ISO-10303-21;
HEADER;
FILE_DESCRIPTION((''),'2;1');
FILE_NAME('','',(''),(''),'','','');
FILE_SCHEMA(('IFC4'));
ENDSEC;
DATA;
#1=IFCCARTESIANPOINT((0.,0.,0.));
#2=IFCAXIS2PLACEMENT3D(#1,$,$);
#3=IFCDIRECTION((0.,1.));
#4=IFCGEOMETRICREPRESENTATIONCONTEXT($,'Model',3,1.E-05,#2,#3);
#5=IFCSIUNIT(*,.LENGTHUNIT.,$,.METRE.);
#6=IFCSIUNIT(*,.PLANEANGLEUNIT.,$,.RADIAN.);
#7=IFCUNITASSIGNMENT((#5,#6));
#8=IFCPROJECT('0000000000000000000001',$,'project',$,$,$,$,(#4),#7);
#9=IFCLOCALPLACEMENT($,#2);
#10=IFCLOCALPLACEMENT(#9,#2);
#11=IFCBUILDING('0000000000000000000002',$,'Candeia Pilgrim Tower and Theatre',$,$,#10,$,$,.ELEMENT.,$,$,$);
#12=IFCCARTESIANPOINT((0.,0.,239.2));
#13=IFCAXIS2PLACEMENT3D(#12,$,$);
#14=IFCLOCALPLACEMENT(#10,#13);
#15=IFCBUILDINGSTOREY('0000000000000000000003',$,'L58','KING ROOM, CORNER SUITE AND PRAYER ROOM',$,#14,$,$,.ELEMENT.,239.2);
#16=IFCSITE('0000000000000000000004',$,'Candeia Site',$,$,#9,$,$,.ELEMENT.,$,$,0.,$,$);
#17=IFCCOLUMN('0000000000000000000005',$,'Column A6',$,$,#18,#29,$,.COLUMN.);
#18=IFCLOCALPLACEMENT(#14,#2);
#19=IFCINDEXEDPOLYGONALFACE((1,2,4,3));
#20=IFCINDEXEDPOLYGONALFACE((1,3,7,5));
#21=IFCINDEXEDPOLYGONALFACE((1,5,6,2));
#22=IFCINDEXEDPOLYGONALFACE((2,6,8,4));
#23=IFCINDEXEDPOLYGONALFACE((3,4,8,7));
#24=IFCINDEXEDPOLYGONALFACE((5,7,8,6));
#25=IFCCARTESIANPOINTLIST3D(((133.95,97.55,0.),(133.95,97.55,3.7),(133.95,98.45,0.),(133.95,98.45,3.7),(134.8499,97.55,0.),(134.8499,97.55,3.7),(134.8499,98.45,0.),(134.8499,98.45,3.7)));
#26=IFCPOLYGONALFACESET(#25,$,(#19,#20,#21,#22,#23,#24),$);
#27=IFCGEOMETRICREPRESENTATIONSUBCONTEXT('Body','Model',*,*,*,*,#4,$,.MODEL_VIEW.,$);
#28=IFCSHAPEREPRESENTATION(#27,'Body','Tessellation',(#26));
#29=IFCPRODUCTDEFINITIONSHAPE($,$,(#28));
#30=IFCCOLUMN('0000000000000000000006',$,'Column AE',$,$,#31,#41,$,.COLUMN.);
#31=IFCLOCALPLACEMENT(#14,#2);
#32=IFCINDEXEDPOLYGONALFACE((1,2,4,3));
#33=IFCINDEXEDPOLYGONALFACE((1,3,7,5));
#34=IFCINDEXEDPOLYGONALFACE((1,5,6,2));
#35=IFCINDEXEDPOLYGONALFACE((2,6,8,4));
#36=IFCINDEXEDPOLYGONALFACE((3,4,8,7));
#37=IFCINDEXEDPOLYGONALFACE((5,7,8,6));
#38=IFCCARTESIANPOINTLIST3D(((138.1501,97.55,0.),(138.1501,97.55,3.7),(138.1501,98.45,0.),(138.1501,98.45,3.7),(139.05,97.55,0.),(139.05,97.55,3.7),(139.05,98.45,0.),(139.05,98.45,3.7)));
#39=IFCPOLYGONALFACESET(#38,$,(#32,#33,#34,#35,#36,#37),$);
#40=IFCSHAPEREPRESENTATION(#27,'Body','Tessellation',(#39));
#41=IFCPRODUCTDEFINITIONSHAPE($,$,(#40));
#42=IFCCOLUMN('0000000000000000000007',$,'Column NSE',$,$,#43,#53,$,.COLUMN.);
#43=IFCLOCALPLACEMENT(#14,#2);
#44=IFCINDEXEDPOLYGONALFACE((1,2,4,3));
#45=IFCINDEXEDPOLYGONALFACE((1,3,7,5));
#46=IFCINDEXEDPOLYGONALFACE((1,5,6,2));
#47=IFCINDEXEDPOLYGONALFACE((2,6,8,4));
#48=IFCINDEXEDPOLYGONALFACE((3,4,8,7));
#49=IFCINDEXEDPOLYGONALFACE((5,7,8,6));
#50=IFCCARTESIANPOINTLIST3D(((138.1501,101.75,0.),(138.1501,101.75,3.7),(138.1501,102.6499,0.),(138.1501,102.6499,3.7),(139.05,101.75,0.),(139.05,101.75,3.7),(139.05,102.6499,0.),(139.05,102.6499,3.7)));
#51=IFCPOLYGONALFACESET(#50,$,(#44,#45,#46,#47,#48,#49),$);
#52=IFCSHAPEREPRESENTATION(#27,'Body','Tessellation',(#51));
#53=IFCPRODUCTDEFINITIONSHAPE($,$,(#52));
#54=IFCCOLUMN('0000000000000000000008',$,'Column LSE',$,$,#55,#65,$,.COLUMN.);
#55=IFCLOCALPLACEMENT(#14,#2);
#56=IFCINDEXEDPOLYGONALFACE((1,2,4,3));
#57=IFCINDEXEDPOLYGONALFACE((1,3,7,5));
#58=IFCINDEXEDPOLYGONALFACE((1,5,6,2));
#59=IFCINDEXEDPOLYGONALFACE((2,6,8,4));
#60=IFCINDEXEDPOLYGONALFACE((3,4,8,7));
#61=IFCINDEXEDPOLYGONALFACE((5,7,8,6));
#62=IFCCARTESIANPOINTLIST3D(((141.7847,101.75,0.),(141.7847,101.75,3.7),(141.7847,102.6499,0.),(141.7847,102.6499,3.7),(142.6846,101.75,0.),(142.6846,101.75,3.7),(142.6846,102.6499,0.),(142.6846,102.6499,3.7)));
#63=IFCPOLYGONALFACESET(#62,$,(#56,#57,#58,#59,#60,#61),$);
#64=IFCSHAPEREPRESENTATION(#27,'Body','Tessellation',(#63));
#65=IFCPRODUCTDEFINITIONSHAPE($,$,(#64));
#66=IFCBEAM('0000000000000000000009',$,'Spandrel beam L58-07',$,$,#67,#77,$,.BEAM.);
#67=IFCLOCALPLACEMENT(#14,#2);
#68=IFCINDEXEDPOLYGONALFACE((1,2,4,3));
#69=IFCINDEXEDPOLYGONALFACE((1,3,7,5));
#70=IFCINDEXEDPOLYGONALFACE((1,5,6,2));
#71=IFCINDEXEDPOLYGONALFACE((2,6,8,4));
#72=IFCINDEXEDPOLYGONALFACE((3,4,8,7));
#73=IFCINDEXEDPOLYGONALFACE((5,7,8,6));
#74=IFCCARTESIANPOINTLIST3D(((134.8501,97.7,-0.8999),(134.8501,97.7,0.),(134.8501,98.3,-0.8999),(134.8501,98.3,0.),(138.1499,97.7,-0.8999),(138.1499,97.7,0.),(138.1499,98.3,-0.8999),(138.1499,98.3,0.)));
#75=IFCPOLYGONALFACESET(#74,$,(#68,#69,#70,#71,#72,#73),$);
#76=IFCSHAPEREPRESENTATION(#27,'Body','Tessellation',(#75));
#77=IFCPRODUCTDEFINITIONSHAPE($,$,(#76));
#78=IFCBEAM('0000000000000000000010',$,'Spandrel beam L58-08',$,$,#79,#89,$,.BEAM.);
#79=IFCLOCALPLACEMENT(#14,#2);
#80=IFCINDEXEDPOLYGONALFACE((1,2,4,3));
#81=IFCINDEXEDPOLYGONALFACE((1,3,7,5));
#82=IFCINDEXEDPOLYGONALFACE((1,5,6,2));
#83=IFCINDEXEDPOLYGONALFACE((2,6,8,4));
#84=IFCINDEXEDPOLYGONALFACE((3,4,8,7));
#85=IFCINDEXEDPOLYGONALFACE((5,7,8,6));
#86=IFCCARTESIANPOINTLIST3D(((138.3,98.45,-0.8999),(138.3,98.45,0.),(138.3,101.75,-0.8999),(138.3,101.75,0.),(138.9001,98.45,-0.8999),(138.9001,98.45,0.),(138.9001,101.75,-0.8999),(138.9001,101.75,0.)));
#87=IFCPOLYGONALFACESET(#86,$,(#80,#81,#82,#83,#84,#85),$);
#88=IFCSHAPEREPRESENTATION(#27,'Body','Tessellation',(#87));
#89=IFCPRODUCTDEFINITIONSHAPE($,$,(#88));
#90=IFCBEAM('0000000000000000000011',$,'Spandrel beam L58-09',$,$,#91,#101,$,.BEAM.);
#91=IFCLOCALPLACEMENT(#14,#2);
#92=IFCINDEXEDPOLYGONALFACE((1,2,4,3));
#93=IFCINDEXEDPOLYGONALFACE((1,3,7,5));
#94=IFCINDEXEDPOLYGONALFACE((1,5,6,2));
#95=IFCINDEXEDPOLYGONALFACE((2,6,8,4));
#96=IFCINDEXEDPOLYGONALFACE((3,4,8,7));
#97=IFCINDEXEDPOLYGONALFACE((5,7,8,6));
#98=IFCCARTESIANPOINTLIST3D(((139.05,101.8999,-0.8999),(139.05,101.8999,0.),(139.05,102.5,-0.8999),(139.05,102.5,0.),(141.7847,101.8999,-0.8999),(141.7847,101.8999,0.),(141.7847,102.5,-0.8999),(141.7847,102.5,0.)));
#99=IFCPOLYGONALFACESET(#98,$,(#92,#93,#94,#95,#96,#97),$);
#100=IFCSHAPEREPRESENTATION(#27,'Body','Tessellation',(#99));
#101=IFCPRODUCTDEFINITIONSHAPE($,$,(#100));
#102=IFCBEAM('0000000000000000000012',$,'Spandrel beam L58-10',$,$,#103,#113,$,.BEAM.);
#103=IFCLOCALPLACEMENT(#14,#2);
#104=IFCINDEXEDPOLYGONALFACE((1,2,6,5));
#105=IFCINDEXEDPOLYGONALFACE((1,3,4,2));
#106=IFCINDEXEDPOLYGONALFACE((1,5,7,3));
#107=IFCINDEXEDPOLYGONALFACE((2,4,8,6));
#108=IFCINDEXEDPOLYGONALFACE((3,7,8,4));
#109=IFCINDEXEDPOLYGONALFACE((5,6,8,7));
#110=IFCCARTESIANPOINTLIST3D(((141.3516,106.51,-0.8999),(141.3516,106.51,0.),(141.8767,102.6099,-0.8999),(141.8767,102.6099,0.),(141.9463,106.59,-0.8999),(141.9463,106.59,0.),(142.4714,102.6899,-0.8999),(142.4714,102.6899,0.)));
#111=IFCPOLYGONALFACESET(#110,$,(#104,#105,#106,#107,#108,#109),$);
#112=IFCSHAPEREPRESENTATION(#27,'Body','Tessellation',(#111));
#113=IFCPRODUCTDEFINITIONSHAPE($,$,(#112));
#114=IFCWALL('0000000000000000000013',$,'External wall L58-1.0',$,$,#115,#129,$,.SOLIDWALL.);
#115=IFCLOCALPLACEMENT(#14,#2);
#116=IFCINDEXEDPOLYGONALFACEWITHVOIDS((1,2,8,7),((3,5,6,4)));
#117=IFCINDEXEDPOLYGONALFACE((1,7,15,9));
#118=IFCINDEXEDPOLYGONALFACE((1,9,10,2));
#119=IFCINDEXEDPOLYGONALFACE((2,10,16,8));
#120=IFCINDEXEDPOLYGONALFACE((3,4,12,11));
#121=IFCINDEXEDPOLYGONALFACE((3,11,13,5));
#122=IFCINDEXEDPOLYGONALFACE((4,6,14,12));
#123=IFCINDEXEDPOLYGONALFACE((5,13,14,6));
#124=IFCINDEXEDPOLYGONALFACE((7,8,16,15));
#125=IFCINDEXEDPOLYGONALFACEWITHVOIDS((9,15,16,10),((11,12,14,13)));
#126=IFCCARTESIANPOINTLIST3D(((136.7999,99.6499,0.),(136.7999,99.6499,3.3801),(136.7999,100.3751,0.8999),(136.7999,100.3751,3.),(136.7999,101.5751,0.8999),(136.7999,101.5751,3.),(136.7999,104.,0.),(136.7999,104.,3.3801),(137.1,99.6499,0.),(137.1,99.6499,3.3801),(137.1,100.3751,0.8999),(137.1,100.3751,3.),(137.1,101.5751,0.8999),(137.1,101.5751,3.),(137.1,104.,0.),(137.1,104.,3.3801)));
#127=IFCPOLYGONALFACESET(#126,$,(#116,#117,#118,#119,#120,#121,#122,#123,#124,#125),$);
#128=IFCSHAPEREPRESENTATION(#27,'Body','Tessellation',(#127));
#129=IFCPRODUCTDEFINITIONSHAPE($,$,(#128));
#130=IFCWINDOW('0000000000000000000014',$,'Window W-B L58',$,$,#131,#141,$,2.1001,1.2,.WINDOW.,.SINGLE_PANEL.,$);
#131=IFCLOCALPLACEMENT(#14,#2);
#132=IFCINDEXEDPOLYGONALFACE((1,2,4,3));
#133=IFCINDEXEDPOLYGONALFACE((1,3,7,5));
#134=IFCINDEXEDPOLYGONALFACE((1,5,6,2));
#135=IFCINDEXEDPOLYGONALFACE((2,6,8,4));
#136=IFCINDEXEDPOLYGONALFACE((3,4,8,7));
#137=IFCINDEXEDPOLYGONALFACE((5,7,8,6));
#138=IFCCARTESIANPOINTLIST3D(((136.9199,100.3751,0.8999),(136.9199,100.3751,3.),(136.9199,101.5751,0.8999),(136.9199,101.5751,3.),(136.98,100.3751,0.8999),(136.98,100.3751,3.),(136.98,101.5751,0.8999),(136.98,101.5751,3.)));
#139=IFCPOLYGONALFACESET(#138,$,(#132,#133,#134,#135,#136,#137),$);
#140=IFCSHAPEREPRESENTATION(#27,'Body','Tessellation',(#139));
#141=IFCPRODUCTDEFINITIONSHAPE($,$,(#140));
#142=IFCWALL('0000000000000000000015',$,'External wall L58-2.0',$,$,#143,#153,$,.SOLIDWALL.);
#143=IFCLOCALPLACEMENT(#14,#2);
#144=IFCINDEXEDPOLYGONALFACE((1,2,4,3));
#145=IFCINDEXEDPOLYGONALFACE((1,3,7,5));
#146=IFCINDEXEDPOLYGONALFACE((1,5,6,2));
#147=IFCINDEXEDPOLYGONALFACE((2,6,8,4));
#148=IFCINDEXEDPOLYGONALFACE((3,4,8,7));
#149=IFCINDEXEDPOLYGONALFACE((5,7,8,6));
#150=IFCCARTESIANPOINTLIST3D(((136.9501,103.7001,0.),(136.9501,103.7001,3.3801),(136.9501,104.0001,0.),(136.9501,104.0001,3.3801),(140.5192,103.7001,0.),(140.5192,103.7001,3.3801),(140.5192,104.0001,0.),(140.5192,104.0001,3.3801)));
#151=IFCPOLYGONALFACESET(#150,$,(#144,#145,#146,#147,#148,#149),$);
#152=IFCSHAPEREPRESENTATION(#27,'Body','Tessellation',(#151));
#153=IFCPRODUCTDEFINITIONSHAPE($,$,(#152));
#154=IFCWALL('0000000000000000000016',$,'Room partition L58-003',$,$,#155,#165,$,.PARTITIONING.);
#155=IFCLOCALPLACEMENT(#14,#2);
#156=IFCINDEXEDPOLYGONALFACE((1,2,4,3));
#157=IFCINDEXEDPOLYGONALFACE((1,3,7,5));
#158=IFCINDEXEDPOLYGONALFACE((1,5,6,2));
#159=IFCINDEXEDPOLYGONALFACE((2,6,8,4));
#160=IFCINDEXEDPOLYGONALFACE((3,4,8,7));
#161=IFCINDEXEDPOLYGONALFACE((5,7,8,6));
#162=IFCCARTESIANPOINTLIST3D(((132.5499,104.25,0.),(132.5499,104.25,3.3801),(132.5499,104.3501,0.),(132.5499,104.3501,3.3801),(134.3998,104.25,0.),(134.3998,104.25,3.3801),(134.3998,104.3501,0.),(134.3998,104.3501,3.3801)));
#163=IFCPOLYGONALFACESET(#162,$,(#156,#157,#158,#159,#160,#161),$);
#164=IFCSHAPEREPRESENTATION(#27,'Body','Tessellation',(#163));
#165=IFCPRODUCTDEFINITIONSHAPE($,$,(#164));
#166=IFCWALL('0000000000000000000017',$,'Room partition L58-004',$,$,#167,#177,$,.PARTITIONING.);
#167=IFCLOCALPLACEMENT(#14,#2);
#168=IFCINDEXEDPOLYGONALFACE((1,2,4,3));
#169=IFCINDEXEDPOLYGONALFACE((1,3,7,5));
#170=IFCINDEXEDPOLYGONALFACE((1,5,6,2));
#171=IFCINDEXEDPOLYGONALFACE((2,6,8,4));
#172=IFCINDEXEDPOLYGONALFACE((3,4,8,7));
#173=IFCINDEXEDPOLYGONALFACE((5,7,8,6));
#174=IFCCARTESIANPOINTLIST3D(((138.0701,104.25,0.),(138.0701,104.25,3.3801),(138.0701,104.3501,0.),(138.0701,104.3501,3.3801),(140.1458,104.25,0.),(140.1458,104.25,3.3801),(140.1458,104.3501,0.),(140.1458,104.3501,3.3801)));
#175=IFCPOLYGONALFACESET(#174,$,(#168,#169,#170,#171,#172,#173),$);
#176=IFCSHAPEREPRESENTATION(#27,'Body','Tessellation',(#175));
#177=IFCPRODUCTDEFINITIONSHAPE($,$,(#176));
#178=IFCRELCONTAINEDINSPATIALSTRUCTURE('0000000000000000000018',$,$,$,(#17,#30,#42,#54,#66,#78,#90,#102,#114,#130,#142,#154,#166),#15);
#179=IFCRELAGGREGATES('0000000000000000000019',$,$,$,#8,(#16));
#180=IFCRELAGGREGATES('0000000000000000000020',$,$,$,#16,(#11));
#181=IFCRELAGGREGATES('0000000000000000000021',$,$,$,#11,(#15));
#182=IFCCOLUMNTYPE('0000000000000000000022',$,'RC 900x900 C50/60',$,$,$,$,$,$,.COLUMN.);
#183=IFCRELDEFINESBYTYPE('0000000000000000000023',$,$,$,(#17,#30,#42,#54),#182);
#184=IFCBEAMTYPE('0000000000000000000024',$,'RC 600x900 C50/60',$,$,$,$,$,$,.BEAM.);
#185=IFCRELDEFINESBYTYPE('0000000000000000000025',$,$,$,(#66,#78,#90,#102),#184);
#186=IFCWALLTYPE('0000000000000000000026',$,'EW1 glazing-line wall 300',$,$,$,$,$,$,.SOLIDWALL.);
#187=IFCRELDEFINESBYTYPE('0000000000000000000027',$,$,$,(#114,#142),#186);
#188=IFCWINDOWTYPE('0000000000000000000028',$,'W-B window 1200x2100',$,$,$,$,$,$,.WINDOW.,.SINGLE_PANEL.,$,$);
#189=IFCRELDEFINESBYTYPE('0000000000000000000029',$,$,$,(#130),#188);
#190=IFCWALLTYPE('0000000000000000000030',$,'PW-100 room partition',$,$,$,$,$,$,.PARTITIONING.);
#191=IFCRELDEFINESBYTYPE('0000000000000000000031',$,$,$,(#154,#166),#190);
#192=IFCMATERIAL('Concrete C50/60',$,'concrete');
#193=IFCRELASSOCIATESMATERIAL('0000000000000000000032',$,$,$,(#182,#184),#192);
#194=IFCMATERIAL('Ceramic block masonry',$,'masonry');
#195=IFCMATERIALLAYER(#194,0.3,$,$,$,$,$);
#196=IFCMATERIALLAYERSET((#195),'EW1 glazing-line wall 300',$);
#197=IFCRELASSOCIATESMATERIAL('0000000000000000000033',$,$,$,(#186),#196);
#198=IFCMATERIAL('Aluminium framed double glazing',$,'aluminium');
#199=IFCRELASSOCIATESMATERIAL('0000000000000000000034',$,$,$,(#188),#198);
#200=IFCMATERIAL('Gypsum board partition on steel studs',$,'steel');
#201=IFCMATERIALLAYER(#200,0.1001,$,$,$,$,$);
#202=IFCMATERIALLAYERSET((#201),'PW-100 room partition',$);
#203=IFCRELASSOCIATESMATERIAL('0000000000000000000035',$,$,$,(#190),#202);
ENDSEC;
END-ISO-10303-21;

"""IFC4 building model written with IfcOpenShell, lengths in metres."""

from ifc_helpers import new_model, si_unit, direction, frame, frame_2d, origin, origin_2d, place, context, subcontext, project, spatial, rectangle, extrude, material, layer, layer_set, material_profile, profile_set, type_object, element, fill, save


model = new_model("IFC4")

# Units and contexts
model_context = context("Model", 3, precision=1e-05, world=origin(), true_north=direction((0.0, 1.0)))
body_context = subcontext(model_context, "Body", "Model", "MODEL_VIEW")
ifc_project = project(units=[si_unit("LENGTHUNIT", "METRE"), si_unit("PLANEANGLEUNIT", "RADIAN")], contexts=[model_context])

# Site, building, storey
site_placement = place(None, origin())
site = spatial("IfcSite", under=ifc_project, at=site_placement, Name="Candeia Site", CompositionType="ELEMENT", RefElevation=0.0)
building_placement = place(site_placement, origin())
building = spatial("IfcBuilding", under=site, at=building_placement, Name="Candeia Pilgrim Tower and Theatre", CompositionType="ELEMENT")
storey_placement = place(building_placement, frame((0.0, 0.0, 239.2)))
storey = spatial("IfcBuildingStorey", under=building, at=storey_placement, Name="L58", Description="KING ROOM, CORNER SUITE AND PRAYER ROOM", CompositionType="ELEMENT", Elevation=239.2)

# Columns
ifc_material_1 = material(Name="Concrete C50/60", Category="concrete")
ifc_material_profile_1 = material_profile(ifc_material_1, rectangle(XDim=0.8999, YDim=0.8999, at=origin_2d()))
ifc_profile_set_1 = profile_set([ifc_material_profile_1], Name="Concrete C50/60")
column_type = type_object("IfcColumnType", Name="RC 900x900 C50/60", PredefinedType="COLUMN", material=ifc_profile_set_1)
for number, where, z_axis, x_axis, name in (
    (1, (134.3999, 98.0, 0.0), (0.0, 0.0, 1.0), (1.0, 0.0, 0.0), "Column A6"),
    (2, (138.6001, 98.0, 0.0), (0.0, 0.0, 1.0), (1.0, 0.0, 0.0), "Column AE"),
    (3, (138.6001, 102.2, 0.0), (0.0, 0.0, 1.0), (1.0, 0.0, 0.0), "Column NSE"),
    (4, (142.2346, 102.2, 0.0), (0.0, 0.0, 1.0), (1.0, 0.0, 0.0), "Column LSE"),
):
    element("IfcColumn", number, at=place(storey_placement, frame(where, z_axis=z_axis, x_axis=x_axis)), inside=storey, type_object=column_type, Name=name, PredefinedType="COLUMN", context=body_context, shape_type="SweptSolid", body=[
        extrude(rectangle(XDim=0.8999, YDim=0.8999, at=origin_2d()), origin(), (0.0, 0.0, 1.0), 3.7),
    ])

# Beams
ifc_material_profile_2 = material_profile(ifc_material_1, rectangle(XDim=0.6001, YDim=0.8999, at=origin_2d()))
ifc_profile_set_2 = profile_set([ifc_material_profile_2], Name="Concrete C50/60")
beam_type = type_object("IfcBeamType", Name="RC 600x900 C50/60", PredefinedType="BEAM", material=ifc_profile_set_2)
beam_1_placement = place(storey_placement, frame((134.8501, 98.0, -0.45), z_axis=(1.0, 0.0, 0.0), x_axis=(0.0, 1.0, 0.0)))
element("IfcBeam", 5, at=beam_1_placement, inside=storey, type_object=beam_type, Name="Spandrel beam L58-07", PredefinedType="BEAM", context=body_context, shape_type="SweptSolid", body=[
    extrude(rectangle(XDim=0.6001, YDim=0.8999, at=origin_2d()), origin(), (0.0, 0.0, 1.0), 3.2998),
])
beam_2_placement = place(storey_placement, frame((138.6001, 98.45, -0.45), z_axis=(0.0, 1.0, 0.0), x_axis=(-1.0, 0.0, 0.0)))
element("IfcBeam", 6, at=beam_2_placement, inside=storey, type_object=beam_type, Name="Spandrel beam L58-08", PredefinedType="BEAM", context=body_context, shape_type="SweptSolid", body=[
    extrude(rectangle(XDim=0.6001, YDim=0.8999, at=origin_2d()), origin(), (0.0, 0.0, 1.0), 3.3),
])
beam_3_placement = place(storey_placement, frame((139.05, 102.2, -0.45), z_axis=(1.0, 0.0, 0.0), x_axis=(0.0, 1.0, 0.0)))
element("IfcBeam", 7, at=beam_3_placement, inside=storey, type_object=beam_type, Name="Spandrel beam L58-09", PredefinedType="BEAM", context=body_context, shape_type="SweptSolid", body=[
    extrude(rectangle(XDim=0.6001, YDim=0.8999, at=origin_2d()), origin(), (0.0, 0.0, 1.0), 2.7346),
])
beam_4_placement = place(storey_placement, frame((142.1741, 102.6499, -0.45), z_axis=(-0.133444, 0.991056, 0.0), x_axis=(-0.991056, -0.133444, 0.0)))
element("IfcBeam", 8, at=beam_4_placement, inside=storey, type_object=beam_type, Name="Spandrel beam L58-10", PredefinedType="BEAM", context=body_context, shape_type="SweptSolid", body=[
    extrude(rectangle(XDim=0.6001, YDim=0.8999, at=origin_2d()), origin(), (0.0, 0.0, 1.0), 3.9353),
])

# Wall, opening, window
ifc_material_2 = material(Name="Ceramic block masonry", Category="masonry")
ifc_layer_1 = layer(ifc_material_2, 0.3)
ifc_layer_set_1 = layer_set([ifc_layer_1], Name="EW1 glazing-line wall 300")
wall_type_1 = type_object("IfcWallType", Name="EW1 glazing-line wall 300", PredefinedType="SOLIDWALL", material=ifc_layer_set_1)
wall_1_placement = place(storey_placement, frame((136.95, 99.6499, 0.0), z_axis=(0.0, 0.0, 1.0), x_axis=(0.0, 1.0, 0.0)))
wall_1 = element("IfcWall", 9, at=wall_1_placement, inside=storey, type_object=wall_type_1, Name="External wall L58-1.0", PredefinedType="SOLIDWALL", context=body_context, shape_type="SweptSolid", body=[
    extrude(rectangle(XDim=4.3501, YDim=0.3, at=frame_2d((2.175, 0.0))), origin(), (0.0, 0.0, 1.0), 3.3801),
])
opening_1_placement = place(wall_1_placement, frame((0.7251, 0.0, 0.8999)))
opening_1 = element("IfcOpeningElement", 10, at=opening_1_placement, cuts=wall_1, PredefinedType="OPENING", context=body_context, shape_type="SweptSolid", body=[
    extrude(rectangle(XDim=1.2, YDim=2.1001, at=frame_2d((0.6001, 1.05))), frame((0.0, 0.1602, 0.0), z_axis=(0.0, -1.0, 0.0), x_axis=(1.0, 0.0, 0.0)), (0.0, 0.0, 1.0), 0.3201),
])
ifc_material_3 = material(Name="Aluminium framed double glazing", Category="aluminium")
window_type = type_object("IfcWindowType", Name="W-B window 1200x2100", PartitioningType="SINGLE_PANEL", PredefinedType="WINDOW", material=ifc_material_3)
window_1_placement = place(opening_1_placement, origin())
window_1 = element("IfcWindow", 11, at=window_1_placement, inside=storey, type_object=window_type, Name="Window W-B L58", OverallHeight=2.1001, OverallWidth=1.2, PartitioningType="SINGLE_PANEL", PredefinedType="WINDOW", context=body_context, shape_type="SweptSolid", body=[
    extrude(rectangle(XDim=1.2, YDim=2.1001, at=frame_2d((0.6001, 1.05))), frame((0.0, 0.03, 0.0), z_axis=(0.0, -1.0, 0.0), x_axis=(1.0, 0.0, 0.0)), (0.0, 0.0, 1.0), 0.0601),
])
fill(opening_1, window_1)

# Wall
wall_2_placement = place(storey_placement, frame((136.95, 103.8501, 0.0), z_axis=(0.0, 0.0, 1.0), x_axis=(1.0, 0.0, 0.0)))
element("IfcWall", 12, at=wall_2_placement, inside=storey, type_object=wall_type_1, Name="External wall L58-2.0", PredefinedType="SOLIDWALL", context=body_context, shape_type="SweptSolid", body=[
    extrude(rectangle(XDim=3.5691, YDim=0.3, at=frame_2d((1.7847, 0.0))), origin(), (0.0, 0.0, 1.0), 3.3801),
])

# Walls
ifc_material_4 = material(Name="Gypsum board partition on steel studs", Category="steel")
ifc_layer_2 = layer(ifc_material_4, 0.1001)
ifc_layer_set_2 = layer_set([ifc_layer_2], Name="PW-100 room partition")
wall_type_2 = type_object("IfcWallType", Name="PW-100 room partition", PredefinedType="PARTITIONING", material=ifc_layer_set_2)
wall_3_placement = place(storey_placement, frame((132.55, 104.3, 0.0), z_axis=(0.0, 0.0, 1.0), x_axis=(1.0, 0.0, 0.0)))
element("IfcWall", 13, at=wall_3_placement, inside=storey, type_object=wall_type_2, Name="Room partition L58-003", PredefinedType="PARTITIONING", context=body_context, shape_type="SweptSolid", body=[
    extrude(rectangle(XDim=1.8499, YDim=0.1001, at=frame_2d((0.9248, 0.0))), origin(), (0.0, 0.0, 1.0), 3.3801),
])
wall_4_placement = place(storey_placement, frame((138.0701, 104.3, 0.0), z_axis=(0.0, 0.0, 1.0), x_axis=(1.0, 0.0, 0.0)))
element("IfcWall", 14, at=wall_4_placement, inside=storey, type_object=wall_type_2, Name="Room partition L58-004", PredefinedType="PARTITIONING", context=body_context, shape_type="SweptSolid", body=[
    extrude(rectangle(XDim=2.0757, YDim=0.1001, at=frame_2d((1.0378, 0.0))), origin(), (0.0, 0.0, 1.0), 3.3801),
])

save(model, "model.ifc")
